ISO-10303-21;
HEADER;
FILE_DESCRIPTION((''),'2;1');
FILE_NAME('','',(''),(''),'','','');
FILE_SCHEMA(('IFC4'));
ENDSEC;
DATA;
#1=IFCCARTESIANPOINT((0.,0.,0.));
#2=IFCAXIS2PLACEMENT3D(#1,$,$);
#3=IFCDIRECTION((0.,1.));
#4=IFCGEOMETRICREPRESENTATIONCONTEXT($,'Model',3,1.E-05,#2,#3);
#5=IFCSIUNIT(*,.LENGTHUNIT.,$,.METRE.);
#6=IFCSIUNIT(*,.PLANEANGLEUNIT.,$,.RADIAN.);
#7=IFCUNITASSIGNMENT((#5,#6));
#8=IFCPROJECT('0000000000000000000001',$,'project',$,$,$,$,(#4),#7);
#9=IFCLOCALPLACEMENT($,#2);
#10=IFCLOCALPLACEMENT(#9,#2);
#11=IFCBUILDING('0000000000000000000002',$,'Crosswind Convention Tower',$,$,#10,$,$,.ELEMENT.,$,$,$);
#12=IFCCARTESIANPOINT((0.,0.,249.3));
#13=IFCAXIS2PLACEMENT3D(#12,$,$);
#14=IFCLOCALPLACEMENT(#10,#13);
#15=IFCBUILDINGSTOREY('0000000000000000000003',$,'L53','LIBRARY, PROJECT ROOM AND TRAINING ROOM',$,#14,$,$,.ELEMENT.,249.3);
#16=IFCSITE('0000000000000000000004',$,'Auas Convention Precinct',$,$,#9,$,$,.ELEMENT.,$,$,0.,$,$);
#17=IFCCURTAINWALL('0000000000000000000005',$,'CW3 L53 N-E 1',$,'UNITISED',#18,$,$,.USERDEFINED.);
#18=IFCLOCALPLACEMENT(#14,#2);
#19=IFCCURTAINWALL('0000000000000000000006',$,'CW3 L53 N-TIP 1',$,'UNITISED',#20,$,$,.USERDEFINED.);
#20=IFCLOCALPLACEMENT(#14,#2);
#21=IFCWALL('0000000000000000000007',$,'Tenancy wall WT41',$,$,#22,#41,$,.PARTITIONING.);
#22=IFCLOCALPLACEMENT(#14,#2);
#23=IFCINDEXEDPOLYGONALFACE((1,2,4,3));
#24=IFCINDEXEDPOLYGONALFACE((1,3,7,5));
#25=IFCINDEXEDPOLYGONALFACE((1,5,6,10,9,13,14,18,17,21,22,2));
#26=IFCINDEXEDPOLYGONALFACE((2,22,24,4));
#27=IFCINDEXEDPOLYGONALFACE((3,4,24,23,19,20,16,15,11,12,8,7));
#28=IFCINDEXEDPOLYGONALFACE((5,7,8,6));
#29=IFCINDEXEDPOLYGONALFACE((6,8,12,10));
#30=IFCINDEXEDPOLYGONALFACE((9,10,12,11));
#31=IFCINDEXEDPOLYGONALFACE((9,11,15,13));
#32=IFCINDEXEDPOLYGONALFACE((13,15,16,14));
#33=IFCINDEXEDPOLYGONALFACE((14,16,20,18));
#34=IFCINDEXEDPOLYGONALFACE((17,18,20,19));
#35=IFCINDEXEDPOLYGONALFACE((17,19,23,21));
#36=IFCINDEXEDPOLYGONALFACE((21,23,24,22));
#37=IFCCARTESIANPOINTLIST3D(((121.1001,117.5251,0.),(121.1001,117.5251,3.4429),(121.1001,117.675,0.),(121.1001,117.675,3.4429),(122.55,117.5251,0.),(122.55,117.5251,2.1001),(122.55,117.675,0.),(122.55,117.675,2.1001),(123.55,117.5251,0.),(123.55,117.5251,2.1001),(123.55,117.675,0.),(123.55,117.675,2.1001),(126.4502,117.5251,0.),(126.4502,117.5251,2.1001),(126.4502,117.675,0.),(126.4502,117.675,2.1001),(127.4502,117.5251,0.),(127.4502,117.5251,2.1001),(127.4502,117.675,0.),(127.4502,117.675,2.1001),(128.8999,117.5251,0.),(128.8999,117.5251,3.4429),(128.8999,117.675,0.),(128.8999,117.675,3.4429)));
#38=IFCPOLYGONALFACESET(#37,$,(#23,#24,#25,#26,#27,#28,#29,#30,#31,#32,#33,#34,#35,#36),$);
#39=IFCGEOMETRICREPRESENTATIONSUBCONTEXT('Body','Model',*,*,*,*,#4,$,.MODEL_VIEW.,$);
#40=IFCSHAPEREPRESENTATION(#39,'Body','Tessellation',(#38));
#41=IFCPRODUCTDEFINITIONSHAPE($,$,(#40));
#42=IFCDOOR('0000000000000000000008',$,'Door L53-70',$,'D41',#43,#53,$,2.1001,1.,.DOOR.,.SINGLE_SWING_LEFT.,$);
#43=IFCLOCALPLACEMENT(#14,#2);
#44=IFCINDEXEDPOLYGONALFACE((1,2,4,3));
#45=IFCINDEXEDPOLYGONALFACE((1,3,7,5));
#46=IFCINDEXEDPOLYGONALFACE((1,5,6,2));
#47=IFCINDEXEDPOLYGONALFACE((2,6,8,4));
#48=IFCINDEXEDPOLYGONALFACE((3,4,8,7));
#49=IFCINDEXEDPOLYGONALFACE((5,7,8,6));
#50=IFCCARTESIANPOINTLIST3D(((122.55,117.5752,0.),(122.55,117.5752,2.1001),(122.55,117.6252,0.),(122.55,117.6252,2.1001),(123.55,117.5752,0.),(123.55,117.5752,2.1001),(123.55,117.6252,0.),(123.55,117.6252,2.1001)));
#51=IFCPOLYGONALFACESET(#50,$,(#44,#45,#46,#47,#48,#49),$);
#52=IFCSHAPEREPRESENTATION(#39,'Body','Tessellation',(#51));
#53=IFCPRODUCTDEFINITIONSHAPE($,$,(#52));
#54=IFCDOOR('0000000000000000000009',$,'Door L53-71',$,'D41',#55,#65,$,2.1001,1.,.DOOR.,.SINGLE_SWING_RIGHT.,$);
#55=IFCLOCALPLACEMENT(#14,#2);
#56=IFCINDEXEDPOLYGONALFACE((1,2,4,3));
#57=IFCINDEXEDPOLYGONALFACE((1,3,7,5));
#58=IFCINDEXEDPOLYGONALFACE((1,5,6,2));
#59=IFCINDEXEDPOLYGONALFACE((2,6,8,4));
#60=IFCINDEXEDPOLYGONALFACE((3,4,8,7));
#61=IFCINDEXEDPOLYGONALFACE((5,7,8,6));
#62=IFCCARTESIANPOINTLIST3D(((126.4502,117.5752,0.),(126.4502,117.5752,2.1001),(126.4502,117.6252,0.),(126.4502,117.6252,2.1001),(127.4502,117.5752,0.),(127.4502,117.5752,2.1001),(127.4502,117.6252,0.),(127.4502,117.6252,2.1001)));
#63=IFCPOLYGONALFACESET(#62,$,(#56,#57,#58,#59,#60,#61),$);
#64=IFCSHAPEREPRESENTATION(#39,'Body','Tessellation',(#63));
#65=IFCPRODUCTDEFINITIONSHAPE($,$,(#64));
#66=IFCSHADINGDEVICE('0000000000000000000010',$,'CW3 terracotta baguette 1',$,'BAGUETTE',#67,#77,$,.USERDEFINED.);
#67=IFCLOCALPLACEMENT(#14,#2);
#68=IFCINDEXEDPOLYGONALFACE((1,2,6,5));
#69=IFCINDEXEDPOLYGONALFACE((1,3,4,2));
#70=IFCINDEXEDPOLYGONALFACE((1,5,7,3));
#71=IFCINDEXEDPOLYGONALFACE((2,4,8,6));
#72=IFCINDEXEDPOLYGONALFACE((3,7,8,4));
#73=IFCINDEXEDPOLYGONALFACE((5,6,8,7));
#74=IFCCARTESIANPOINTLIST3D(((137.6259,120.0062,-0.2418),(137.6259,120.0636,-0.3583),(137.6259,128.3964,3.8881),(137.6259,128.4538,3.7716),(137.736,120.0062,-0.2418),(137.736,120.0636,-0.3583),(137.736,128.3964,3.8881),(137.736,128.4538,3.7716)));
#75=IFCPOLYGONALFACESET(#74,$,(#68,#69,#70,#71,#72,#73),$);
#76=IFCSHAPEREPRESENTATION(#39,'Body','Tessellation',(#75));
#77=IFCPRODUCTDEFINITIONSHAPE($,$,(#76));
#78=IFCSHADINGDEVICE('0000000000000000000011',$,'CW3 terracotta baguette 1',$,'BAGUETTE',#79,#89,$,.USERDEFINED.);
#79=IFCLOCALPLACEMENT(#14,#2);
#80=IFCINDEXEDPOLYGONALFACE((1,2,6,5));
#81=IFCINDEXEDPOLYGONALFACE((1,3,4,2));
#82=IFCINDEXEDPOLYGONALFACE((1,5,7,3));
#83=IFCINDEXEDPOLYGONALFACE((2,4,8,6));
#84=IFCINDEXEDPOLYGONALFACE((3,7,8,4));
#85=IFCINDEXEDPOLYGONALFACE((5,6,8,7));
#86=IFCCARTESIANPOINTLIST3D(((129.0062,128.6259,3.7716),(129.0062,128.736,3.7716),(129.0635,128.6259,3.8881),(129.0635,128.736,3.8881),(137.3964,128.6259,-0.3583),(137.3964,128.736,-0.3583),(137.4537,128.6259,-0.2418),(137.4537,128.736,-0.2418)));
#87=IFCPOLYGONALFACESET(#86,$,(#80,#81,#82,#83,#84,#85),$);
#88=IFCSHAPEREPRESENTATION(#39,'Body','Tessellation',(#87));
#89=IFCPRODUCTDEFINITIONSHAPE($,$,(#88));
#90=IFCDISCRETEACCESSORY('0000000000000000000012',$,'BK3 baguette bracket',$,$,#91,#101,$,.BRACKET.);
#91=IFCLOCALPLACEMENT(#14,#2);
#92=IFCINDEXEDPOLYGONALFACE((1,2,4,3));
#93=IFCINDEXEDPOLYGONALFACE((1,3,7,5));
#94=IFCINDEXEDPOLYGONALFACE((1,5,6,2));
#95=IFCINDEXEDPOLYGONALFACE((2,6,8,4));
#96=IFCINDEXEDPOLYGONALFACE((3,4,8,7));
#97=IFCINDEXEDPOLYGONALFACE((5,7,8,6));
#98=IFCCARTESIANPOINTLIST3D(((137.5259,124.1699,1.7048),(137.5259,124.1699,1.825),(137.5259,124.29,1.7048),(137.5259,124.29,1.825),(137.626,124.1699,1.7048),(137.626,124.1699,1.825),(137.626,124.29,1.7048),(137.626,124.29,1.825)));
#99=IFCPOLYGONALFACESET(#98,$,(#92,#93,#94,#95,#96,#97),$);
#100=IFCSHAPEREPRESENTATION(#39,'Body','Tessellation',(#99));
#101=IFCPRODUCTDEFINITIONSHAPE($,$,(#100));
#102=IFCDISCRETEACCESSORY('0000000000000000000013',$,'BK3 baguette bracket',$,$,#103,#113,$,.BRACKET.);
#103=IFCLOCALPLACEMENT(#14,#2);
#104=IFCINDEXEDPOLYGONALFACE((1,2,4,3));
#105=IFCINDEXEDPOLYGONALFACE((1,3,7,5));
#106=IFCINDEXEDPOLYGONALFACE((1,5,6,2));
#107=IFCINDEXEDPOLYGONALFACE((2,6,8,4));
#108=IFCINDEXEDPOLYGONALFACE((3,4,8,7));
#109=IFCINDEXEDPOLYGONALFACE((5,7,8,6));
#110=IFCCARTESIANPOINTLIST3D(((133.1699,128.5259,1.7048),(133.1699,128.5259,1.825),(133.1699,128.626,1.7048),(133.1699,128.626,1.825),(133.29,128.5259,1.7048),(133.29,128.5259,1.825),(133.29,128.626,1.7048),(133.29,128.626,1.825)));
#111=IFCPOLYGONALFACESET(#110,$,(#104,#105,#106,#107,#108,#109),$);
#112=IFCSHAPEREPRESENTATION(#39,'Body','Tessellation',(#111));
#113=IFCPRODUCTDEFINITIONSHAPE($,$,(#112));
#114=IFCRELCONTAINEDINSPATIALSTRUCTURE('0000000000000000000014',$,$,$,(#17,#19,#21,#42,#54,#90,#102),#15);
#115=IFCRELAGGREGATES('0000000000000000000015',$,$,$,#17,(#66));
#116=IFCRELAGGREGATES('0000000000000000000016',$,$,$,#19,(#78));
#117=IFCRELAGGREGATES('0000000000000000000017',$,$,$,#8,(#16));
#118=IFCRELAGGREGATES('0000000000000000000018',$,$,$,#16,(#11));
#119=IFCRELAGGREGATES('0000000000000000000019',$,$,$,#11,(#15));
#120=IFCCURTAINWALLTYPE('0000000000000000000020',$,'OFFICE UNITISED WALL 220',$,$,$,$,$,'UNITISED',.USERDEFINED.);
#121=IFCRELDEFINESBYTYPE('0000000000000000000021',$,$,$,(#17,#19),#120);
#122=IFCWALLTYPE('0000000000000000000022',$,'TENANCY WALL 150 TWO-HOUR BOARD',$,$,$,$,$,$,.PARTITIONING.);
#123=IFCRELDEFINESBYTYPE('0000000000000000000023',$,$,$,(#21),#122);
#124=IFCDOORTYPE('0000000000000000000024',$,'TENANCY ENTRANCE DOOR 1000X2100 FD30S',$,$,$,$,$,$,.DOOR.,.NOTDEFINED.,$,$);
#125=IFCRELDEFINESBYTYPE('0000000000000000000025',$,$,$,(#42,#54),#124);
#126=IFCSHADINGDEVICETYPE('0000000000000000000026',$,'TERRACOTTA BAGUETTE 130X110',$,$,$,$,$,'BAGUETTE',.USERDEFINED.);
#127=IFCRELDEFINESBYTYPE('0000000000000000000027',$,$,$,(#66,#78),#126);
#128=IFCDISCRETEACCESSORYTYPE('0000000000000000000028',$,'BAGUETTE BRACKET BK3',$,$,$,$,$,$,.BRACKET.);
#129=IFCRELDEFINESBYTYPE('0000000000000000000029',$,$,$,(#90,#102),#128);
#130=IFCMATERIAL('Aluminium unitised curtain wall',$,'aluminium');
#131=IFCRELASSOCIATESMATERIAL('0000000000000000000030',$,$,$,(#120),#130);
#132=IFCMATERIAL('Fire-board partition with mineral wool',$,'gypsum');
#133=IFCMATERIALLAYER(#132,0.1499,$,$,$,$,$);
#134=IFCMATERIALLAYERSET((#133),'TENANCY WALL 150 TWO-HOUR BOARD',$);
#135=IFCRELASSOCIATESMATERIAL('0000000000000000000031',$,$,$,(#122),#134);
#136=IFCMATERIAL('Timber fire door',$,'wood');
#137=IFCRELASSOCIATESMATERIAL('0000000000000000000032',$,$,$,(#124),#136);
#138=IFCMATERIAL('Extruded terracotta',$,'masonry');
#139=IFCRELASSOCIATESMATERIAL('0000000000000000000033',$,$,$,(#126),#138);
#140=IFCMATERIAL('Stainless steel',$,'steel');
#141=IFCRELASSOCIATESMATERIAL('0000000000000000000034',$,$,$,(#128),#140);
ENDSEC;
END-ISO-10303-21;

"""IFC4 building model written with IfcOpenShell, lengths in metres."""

from ifc_helpers import new_model, si_unit, direction, frame, frame_2d, origin, origin_2d, place, context, subcontext, project, spatial, rectangle, extrude, material, layer, layer_set, material_profile, profile_set, type_object, element, fill, aggregate, save


model = new_model("IFC4")

# Units and contexts
model_context = context("Model", 3, precision=1e-05, world=origin(), true_north=direction((0.0, 1.0)))
body_context = subcontext(model_context, "Body", "Model", "MODEL_VIEW")
ifc_project = project(units=[si_unit("LENGTHUNIT", "METRE"), si_unit("PLANEANGLEUNIT", "RADIAN")], contexts=[model_context])

# Site, building, storey
site_placement = place(None, origin())
site = spatial("IfcSite", under=ifc_project, at=site_placement, Name="Auas Convention Precinct", CompositionType="ELEMENT", RefElevation=0.0)
building_placement = place(site_placement, origin())
building = spatial("IfcBuilding", under=site, at=building_placement, Name="Crosswind Convention Tower", CompositionType="ELEMENT")
storey_placement = place(building_placement, frame((0.0, 0.0, 249.3)))
storey = spatial("IfcBuildingStorey", under=building, at=storey_placement, Name="L53", Description="LIBRARY, PROJECT ROOM AND TRAINING ROOM", CompositionType="ELEMENT", Elevation=249.3)

# Curtain wall
ifc_material_1 = material(Name="Aluminium unitised curtain wall", Category="aluminium")
curtain_wall_type_1 = type_object("IfcCurtainWallType", Name="OFFICE UNITISED WALL 220", ElementType="UNITISED", PredefinedType="USERDEFINED", material=ifc_material_1)
curtain_wall_1_placement = place(storey_placement, origin())
curtain_wall_1 = element("IfcCurtainWall", 1, at=curtain_wall_1_placement, inside=storey, type_object=curtain_wall_type_1, Name="CW3 L53 N-E 1", ObjectType="UNITISED", PredefinedType="USERDEFINED")

# Curtain wall
curtain_wall_2_placement = place(storey_placement, origin())
curtain_wall_2 = element("IfcCurtainWall", 2, at=curtain_wall_2_placement, inside=storey, type_object=curtain_wall_type_1, Name="CW3 L53 N-TIP 1", ObjectType="UNITISED", PredefinedType="USERDEFINED")

# Wall, openings, doors
ifc_material_2 = material(Name="Fire-board partition with mineral wool", Category="gypsum")
ifc_layer_1 = layer(ifc_material_2, 0.1499)
ifc_layer_set_1 = layer_set([ifc_layer_1], Name="TENANCY WALL 150 TWO-HOUR BOARD")
wall_type_1 = type_object("IfcWallType", Name="TENANCY WALL 150 TWO-HOUR BOARD", PredefinedType="PARTITIONING", material=ifc_layer_set_1)
wall_1_placement = place(storey_placement, frame((121.1001, 117.6001, 0.0), z_axis=(0.0, 0.0, 1.0), x_axis=(1.0, 0.0, 0.0)))
wall_1 = element("IfcWall", 3, at=wall_1_placement, inside=storey, type_object=wall_type_1, Name="Tenancy wall WT41", PredefinedType="PARTITIONING", context=body_context, shape_type="SweptSolid", body=[
    extrude(rectangle(XDim=7.7998, YDim=0.1499, at=frame_2d((3.8999, 0.0))), origin(), (0.0, 0.0, 1.0), 3.4429),
])
opening_1_placement = place(wall_1_placement, frame((1.45, 0.0, 0.0)))
opening_1 = element("IfcOpeningElement", 4, at=opening_1_placement, cuts=wall_1, PredefinedType="OPENING", context=body_context, shape_type="SweptSolid", body=[
    extrude(rectangle(XDim=1.0, YDim=2.1001, at=frame_2d((0.5, 1.05))), frame((0.0, 0.085, 0.0), z_axis=(0.0, -1.0, 0.0), x_axis=(1.0, 0.0, 0.0)), (0.0, 0.0, 1.0), 0.1699),
])
opening_2_placement = place(wall_1_placement, frame((5.3501, 0.0, 0.0)))
opening_2 = element("IfcOpeningElement", 5, at=opening_2_placement, cuts=wall_1, PredefinedType="OPENING", context=body_context, shape_type="SweptSolid", body=[
    extrude(rectangle(XDim=1.0, YDim=2.1001, at=frame_2d((0.5, 1.05))), frame((0.0, 0.085, 0.0), z_axis=(0.0, -1.0, 0.0), x_axis=(1.0, 0.0, 0.0)), (0.0, 0.0, 1.0), 0.1699),
])
ifc_material_3 = material(Name="Timber fire door", Category="wood")
door_type = type_object("IfcDoorType", Name="TENANCY ENTRANCE DOOR 1000X2100 FD30S", OperationType="NOTDEFINED", PredefinedType="DOOR", material=ifc_material_3)
door_1_placement = place(opening_1_placement, frame((1.0, 0.0, 0.0), z_axis=(0.0, 0.0, 1.0), x_axis=(-1.0, 0.0, 0.0)))
door_1 = element("IfcDoor", 6, at=door_1_placement, inside=storey, type_object=door_type, Name="Door L53-70", ObjectType="D41", OperationType="SINGLE_SWING_LEFT", OverallHeight=2.1001, OverallWidth=1.0, PredefinedType="DOOR", context=body_context, shape_type="SweptSolid", body=[
    extrude(rectangle(XDim=1.0, YDim=2.1001, at=frame_2d((0.5, 1.05))), frame((0.0, 0.0249, 0.0), z_axis=(0.0, -1.0, 0.0), x_axis=(1.0, 0.0, 0.0)), (0.0, 0.0, 1.0), 0.05),
])
fill(opening_1, door_1)
door_2_placement = place(opening_2_placement, frame((1.0, 0.0, 0.0), z_axis=(0.0, 0.0, 1.0), x_axis=(-1.0, 0.0, 0.0)))
door_2 = element("IfcDoor", 7, at=door_2_placement, inside=storey, type_object=door_type, Name="Door L53-71", ObjectType="D41", OperationType="SINGLE_SWING_RIGHT", OverallHeight=2.1001, OverallWidth=1.0, PredefinedType="DOOR", context=body_context, shape_type="SweptSolid", body=[
    extrude(rectangle(XDim=1.0, YDim=2.1001, at=frame_2d((0.5, 1.05))), frame((0.0, 0.0249, 0.0), z_axis=(0.0, -1.0, 0.0), x_axis=(1.0, 0.0, 0.0)), (0.0, 0.0, 1.0), 0.05),
])
fill(opening_2, door_2)

# Shading devices
ifc_material_4 = material(Name="Extruded terracotta", Category="masonry")
ifc_material_profile_1 = material_profile(ifc_material_4, rectangle(XDim=0.1101, YDim=0.1299, at=origin_2d()), Name="TC 110X130")
ifc_profile_set_1 = profile_set([ifc_material_profile_1], Name="Extruded terracotta")
shading_device_type = type_object("IfcShadingDeviceType", Name="TERRACOTTA BAGUETTE 130X110", ElementType="BAGUETTE", PredefinedType="USERDEFINED", material=ifc_profile_set_1)
shading_device_1_placement = place(storey_placement, frame((137.6809, 120.0349, -0.3), z_axis=(0.0, 0.897198, 0.441628), x_axis=(-1.0, 0.0, 0.0)))
shading_device_1 = element("IfcShadingDevice", 8, at=shading_device_1_placement, type_object=shading_device_type, Name="CW3 terracotta baguette 1", ObjectType="BAGUETTE", PredefinedType="USERDEFINED", context=body_context, shape_type="SweptSolid", body=[
    extrude(rectangle(XDim=0.1101, YDim=0.1299, at=origin_2d()), origin(), (0.0, 0.0, 1.0), 9.3516),
])
aggregate(curtain_wall_1, [shading_device_1])
shading_device_2_placement = place(storey_placement, frame((137.425, 128.6809, -0.3), z_axis=(-0.897198, 0.0, 0.441628), x_axis=(0.0, -1.0, 0.0)))
shading_device_2 = element("IfcShadingDevice", 9, at=shading_device_2_placement, type_object=shading_device_type, Name="CW3 terracotta baguette 1", ObjectType="BAGUETTE", PredefinedType="USERDEFINED", context=body_context, shape_type="SweptSolid", body=[
    extrude(rectangle(XDim=0.1101, YDim=0.1299, at=origin_2d()), origin(), (0.0, 0.0, 1.0), 9.3516),
])
aggregate(curtain_wall_2, [shading_device_2])

# Discrete accessories
ifc_material_5 = material(Name="Stainless steel", Category="steel")
discrete_accessory_type = type_object("IfcDiscreteAccessoryType", Name="BAGUETTE BRACKET BK3", PredefinedType="BRACKET", material=ifc_material_5)
for number, where, z_axis, x_axis, name in (
    (10, (137.5759, 124.23, 1.7048), (0.0, 0.0, 1.0), (0.0, 1.0, 0.0), "BK3 baguette bracket"),
    (11, (133.23, 128.5759, 1.7048), (0.0, 0.0, 1.0), (-1.0, 0.0, 0.0), "BK3 baguette bracket"),
):
    element("IfcDiscreteAccessory", number, at=place(storey_placement, frame(where, z_axis=z_axis, x_axis=x_axis)), inside=storey, type_object=discrete_accessory_type, Name=name, PredefinedType="BRACKET", context=body_context, shape_type="SweptSolid", body=[
        extrude(rectangle(XDim=0.1201, YDim=0.1001, at=origin_2d()), origin(), (0.0, 0.0, 1.0), 0.1201),
    ])

save(model, "model.ifc")
